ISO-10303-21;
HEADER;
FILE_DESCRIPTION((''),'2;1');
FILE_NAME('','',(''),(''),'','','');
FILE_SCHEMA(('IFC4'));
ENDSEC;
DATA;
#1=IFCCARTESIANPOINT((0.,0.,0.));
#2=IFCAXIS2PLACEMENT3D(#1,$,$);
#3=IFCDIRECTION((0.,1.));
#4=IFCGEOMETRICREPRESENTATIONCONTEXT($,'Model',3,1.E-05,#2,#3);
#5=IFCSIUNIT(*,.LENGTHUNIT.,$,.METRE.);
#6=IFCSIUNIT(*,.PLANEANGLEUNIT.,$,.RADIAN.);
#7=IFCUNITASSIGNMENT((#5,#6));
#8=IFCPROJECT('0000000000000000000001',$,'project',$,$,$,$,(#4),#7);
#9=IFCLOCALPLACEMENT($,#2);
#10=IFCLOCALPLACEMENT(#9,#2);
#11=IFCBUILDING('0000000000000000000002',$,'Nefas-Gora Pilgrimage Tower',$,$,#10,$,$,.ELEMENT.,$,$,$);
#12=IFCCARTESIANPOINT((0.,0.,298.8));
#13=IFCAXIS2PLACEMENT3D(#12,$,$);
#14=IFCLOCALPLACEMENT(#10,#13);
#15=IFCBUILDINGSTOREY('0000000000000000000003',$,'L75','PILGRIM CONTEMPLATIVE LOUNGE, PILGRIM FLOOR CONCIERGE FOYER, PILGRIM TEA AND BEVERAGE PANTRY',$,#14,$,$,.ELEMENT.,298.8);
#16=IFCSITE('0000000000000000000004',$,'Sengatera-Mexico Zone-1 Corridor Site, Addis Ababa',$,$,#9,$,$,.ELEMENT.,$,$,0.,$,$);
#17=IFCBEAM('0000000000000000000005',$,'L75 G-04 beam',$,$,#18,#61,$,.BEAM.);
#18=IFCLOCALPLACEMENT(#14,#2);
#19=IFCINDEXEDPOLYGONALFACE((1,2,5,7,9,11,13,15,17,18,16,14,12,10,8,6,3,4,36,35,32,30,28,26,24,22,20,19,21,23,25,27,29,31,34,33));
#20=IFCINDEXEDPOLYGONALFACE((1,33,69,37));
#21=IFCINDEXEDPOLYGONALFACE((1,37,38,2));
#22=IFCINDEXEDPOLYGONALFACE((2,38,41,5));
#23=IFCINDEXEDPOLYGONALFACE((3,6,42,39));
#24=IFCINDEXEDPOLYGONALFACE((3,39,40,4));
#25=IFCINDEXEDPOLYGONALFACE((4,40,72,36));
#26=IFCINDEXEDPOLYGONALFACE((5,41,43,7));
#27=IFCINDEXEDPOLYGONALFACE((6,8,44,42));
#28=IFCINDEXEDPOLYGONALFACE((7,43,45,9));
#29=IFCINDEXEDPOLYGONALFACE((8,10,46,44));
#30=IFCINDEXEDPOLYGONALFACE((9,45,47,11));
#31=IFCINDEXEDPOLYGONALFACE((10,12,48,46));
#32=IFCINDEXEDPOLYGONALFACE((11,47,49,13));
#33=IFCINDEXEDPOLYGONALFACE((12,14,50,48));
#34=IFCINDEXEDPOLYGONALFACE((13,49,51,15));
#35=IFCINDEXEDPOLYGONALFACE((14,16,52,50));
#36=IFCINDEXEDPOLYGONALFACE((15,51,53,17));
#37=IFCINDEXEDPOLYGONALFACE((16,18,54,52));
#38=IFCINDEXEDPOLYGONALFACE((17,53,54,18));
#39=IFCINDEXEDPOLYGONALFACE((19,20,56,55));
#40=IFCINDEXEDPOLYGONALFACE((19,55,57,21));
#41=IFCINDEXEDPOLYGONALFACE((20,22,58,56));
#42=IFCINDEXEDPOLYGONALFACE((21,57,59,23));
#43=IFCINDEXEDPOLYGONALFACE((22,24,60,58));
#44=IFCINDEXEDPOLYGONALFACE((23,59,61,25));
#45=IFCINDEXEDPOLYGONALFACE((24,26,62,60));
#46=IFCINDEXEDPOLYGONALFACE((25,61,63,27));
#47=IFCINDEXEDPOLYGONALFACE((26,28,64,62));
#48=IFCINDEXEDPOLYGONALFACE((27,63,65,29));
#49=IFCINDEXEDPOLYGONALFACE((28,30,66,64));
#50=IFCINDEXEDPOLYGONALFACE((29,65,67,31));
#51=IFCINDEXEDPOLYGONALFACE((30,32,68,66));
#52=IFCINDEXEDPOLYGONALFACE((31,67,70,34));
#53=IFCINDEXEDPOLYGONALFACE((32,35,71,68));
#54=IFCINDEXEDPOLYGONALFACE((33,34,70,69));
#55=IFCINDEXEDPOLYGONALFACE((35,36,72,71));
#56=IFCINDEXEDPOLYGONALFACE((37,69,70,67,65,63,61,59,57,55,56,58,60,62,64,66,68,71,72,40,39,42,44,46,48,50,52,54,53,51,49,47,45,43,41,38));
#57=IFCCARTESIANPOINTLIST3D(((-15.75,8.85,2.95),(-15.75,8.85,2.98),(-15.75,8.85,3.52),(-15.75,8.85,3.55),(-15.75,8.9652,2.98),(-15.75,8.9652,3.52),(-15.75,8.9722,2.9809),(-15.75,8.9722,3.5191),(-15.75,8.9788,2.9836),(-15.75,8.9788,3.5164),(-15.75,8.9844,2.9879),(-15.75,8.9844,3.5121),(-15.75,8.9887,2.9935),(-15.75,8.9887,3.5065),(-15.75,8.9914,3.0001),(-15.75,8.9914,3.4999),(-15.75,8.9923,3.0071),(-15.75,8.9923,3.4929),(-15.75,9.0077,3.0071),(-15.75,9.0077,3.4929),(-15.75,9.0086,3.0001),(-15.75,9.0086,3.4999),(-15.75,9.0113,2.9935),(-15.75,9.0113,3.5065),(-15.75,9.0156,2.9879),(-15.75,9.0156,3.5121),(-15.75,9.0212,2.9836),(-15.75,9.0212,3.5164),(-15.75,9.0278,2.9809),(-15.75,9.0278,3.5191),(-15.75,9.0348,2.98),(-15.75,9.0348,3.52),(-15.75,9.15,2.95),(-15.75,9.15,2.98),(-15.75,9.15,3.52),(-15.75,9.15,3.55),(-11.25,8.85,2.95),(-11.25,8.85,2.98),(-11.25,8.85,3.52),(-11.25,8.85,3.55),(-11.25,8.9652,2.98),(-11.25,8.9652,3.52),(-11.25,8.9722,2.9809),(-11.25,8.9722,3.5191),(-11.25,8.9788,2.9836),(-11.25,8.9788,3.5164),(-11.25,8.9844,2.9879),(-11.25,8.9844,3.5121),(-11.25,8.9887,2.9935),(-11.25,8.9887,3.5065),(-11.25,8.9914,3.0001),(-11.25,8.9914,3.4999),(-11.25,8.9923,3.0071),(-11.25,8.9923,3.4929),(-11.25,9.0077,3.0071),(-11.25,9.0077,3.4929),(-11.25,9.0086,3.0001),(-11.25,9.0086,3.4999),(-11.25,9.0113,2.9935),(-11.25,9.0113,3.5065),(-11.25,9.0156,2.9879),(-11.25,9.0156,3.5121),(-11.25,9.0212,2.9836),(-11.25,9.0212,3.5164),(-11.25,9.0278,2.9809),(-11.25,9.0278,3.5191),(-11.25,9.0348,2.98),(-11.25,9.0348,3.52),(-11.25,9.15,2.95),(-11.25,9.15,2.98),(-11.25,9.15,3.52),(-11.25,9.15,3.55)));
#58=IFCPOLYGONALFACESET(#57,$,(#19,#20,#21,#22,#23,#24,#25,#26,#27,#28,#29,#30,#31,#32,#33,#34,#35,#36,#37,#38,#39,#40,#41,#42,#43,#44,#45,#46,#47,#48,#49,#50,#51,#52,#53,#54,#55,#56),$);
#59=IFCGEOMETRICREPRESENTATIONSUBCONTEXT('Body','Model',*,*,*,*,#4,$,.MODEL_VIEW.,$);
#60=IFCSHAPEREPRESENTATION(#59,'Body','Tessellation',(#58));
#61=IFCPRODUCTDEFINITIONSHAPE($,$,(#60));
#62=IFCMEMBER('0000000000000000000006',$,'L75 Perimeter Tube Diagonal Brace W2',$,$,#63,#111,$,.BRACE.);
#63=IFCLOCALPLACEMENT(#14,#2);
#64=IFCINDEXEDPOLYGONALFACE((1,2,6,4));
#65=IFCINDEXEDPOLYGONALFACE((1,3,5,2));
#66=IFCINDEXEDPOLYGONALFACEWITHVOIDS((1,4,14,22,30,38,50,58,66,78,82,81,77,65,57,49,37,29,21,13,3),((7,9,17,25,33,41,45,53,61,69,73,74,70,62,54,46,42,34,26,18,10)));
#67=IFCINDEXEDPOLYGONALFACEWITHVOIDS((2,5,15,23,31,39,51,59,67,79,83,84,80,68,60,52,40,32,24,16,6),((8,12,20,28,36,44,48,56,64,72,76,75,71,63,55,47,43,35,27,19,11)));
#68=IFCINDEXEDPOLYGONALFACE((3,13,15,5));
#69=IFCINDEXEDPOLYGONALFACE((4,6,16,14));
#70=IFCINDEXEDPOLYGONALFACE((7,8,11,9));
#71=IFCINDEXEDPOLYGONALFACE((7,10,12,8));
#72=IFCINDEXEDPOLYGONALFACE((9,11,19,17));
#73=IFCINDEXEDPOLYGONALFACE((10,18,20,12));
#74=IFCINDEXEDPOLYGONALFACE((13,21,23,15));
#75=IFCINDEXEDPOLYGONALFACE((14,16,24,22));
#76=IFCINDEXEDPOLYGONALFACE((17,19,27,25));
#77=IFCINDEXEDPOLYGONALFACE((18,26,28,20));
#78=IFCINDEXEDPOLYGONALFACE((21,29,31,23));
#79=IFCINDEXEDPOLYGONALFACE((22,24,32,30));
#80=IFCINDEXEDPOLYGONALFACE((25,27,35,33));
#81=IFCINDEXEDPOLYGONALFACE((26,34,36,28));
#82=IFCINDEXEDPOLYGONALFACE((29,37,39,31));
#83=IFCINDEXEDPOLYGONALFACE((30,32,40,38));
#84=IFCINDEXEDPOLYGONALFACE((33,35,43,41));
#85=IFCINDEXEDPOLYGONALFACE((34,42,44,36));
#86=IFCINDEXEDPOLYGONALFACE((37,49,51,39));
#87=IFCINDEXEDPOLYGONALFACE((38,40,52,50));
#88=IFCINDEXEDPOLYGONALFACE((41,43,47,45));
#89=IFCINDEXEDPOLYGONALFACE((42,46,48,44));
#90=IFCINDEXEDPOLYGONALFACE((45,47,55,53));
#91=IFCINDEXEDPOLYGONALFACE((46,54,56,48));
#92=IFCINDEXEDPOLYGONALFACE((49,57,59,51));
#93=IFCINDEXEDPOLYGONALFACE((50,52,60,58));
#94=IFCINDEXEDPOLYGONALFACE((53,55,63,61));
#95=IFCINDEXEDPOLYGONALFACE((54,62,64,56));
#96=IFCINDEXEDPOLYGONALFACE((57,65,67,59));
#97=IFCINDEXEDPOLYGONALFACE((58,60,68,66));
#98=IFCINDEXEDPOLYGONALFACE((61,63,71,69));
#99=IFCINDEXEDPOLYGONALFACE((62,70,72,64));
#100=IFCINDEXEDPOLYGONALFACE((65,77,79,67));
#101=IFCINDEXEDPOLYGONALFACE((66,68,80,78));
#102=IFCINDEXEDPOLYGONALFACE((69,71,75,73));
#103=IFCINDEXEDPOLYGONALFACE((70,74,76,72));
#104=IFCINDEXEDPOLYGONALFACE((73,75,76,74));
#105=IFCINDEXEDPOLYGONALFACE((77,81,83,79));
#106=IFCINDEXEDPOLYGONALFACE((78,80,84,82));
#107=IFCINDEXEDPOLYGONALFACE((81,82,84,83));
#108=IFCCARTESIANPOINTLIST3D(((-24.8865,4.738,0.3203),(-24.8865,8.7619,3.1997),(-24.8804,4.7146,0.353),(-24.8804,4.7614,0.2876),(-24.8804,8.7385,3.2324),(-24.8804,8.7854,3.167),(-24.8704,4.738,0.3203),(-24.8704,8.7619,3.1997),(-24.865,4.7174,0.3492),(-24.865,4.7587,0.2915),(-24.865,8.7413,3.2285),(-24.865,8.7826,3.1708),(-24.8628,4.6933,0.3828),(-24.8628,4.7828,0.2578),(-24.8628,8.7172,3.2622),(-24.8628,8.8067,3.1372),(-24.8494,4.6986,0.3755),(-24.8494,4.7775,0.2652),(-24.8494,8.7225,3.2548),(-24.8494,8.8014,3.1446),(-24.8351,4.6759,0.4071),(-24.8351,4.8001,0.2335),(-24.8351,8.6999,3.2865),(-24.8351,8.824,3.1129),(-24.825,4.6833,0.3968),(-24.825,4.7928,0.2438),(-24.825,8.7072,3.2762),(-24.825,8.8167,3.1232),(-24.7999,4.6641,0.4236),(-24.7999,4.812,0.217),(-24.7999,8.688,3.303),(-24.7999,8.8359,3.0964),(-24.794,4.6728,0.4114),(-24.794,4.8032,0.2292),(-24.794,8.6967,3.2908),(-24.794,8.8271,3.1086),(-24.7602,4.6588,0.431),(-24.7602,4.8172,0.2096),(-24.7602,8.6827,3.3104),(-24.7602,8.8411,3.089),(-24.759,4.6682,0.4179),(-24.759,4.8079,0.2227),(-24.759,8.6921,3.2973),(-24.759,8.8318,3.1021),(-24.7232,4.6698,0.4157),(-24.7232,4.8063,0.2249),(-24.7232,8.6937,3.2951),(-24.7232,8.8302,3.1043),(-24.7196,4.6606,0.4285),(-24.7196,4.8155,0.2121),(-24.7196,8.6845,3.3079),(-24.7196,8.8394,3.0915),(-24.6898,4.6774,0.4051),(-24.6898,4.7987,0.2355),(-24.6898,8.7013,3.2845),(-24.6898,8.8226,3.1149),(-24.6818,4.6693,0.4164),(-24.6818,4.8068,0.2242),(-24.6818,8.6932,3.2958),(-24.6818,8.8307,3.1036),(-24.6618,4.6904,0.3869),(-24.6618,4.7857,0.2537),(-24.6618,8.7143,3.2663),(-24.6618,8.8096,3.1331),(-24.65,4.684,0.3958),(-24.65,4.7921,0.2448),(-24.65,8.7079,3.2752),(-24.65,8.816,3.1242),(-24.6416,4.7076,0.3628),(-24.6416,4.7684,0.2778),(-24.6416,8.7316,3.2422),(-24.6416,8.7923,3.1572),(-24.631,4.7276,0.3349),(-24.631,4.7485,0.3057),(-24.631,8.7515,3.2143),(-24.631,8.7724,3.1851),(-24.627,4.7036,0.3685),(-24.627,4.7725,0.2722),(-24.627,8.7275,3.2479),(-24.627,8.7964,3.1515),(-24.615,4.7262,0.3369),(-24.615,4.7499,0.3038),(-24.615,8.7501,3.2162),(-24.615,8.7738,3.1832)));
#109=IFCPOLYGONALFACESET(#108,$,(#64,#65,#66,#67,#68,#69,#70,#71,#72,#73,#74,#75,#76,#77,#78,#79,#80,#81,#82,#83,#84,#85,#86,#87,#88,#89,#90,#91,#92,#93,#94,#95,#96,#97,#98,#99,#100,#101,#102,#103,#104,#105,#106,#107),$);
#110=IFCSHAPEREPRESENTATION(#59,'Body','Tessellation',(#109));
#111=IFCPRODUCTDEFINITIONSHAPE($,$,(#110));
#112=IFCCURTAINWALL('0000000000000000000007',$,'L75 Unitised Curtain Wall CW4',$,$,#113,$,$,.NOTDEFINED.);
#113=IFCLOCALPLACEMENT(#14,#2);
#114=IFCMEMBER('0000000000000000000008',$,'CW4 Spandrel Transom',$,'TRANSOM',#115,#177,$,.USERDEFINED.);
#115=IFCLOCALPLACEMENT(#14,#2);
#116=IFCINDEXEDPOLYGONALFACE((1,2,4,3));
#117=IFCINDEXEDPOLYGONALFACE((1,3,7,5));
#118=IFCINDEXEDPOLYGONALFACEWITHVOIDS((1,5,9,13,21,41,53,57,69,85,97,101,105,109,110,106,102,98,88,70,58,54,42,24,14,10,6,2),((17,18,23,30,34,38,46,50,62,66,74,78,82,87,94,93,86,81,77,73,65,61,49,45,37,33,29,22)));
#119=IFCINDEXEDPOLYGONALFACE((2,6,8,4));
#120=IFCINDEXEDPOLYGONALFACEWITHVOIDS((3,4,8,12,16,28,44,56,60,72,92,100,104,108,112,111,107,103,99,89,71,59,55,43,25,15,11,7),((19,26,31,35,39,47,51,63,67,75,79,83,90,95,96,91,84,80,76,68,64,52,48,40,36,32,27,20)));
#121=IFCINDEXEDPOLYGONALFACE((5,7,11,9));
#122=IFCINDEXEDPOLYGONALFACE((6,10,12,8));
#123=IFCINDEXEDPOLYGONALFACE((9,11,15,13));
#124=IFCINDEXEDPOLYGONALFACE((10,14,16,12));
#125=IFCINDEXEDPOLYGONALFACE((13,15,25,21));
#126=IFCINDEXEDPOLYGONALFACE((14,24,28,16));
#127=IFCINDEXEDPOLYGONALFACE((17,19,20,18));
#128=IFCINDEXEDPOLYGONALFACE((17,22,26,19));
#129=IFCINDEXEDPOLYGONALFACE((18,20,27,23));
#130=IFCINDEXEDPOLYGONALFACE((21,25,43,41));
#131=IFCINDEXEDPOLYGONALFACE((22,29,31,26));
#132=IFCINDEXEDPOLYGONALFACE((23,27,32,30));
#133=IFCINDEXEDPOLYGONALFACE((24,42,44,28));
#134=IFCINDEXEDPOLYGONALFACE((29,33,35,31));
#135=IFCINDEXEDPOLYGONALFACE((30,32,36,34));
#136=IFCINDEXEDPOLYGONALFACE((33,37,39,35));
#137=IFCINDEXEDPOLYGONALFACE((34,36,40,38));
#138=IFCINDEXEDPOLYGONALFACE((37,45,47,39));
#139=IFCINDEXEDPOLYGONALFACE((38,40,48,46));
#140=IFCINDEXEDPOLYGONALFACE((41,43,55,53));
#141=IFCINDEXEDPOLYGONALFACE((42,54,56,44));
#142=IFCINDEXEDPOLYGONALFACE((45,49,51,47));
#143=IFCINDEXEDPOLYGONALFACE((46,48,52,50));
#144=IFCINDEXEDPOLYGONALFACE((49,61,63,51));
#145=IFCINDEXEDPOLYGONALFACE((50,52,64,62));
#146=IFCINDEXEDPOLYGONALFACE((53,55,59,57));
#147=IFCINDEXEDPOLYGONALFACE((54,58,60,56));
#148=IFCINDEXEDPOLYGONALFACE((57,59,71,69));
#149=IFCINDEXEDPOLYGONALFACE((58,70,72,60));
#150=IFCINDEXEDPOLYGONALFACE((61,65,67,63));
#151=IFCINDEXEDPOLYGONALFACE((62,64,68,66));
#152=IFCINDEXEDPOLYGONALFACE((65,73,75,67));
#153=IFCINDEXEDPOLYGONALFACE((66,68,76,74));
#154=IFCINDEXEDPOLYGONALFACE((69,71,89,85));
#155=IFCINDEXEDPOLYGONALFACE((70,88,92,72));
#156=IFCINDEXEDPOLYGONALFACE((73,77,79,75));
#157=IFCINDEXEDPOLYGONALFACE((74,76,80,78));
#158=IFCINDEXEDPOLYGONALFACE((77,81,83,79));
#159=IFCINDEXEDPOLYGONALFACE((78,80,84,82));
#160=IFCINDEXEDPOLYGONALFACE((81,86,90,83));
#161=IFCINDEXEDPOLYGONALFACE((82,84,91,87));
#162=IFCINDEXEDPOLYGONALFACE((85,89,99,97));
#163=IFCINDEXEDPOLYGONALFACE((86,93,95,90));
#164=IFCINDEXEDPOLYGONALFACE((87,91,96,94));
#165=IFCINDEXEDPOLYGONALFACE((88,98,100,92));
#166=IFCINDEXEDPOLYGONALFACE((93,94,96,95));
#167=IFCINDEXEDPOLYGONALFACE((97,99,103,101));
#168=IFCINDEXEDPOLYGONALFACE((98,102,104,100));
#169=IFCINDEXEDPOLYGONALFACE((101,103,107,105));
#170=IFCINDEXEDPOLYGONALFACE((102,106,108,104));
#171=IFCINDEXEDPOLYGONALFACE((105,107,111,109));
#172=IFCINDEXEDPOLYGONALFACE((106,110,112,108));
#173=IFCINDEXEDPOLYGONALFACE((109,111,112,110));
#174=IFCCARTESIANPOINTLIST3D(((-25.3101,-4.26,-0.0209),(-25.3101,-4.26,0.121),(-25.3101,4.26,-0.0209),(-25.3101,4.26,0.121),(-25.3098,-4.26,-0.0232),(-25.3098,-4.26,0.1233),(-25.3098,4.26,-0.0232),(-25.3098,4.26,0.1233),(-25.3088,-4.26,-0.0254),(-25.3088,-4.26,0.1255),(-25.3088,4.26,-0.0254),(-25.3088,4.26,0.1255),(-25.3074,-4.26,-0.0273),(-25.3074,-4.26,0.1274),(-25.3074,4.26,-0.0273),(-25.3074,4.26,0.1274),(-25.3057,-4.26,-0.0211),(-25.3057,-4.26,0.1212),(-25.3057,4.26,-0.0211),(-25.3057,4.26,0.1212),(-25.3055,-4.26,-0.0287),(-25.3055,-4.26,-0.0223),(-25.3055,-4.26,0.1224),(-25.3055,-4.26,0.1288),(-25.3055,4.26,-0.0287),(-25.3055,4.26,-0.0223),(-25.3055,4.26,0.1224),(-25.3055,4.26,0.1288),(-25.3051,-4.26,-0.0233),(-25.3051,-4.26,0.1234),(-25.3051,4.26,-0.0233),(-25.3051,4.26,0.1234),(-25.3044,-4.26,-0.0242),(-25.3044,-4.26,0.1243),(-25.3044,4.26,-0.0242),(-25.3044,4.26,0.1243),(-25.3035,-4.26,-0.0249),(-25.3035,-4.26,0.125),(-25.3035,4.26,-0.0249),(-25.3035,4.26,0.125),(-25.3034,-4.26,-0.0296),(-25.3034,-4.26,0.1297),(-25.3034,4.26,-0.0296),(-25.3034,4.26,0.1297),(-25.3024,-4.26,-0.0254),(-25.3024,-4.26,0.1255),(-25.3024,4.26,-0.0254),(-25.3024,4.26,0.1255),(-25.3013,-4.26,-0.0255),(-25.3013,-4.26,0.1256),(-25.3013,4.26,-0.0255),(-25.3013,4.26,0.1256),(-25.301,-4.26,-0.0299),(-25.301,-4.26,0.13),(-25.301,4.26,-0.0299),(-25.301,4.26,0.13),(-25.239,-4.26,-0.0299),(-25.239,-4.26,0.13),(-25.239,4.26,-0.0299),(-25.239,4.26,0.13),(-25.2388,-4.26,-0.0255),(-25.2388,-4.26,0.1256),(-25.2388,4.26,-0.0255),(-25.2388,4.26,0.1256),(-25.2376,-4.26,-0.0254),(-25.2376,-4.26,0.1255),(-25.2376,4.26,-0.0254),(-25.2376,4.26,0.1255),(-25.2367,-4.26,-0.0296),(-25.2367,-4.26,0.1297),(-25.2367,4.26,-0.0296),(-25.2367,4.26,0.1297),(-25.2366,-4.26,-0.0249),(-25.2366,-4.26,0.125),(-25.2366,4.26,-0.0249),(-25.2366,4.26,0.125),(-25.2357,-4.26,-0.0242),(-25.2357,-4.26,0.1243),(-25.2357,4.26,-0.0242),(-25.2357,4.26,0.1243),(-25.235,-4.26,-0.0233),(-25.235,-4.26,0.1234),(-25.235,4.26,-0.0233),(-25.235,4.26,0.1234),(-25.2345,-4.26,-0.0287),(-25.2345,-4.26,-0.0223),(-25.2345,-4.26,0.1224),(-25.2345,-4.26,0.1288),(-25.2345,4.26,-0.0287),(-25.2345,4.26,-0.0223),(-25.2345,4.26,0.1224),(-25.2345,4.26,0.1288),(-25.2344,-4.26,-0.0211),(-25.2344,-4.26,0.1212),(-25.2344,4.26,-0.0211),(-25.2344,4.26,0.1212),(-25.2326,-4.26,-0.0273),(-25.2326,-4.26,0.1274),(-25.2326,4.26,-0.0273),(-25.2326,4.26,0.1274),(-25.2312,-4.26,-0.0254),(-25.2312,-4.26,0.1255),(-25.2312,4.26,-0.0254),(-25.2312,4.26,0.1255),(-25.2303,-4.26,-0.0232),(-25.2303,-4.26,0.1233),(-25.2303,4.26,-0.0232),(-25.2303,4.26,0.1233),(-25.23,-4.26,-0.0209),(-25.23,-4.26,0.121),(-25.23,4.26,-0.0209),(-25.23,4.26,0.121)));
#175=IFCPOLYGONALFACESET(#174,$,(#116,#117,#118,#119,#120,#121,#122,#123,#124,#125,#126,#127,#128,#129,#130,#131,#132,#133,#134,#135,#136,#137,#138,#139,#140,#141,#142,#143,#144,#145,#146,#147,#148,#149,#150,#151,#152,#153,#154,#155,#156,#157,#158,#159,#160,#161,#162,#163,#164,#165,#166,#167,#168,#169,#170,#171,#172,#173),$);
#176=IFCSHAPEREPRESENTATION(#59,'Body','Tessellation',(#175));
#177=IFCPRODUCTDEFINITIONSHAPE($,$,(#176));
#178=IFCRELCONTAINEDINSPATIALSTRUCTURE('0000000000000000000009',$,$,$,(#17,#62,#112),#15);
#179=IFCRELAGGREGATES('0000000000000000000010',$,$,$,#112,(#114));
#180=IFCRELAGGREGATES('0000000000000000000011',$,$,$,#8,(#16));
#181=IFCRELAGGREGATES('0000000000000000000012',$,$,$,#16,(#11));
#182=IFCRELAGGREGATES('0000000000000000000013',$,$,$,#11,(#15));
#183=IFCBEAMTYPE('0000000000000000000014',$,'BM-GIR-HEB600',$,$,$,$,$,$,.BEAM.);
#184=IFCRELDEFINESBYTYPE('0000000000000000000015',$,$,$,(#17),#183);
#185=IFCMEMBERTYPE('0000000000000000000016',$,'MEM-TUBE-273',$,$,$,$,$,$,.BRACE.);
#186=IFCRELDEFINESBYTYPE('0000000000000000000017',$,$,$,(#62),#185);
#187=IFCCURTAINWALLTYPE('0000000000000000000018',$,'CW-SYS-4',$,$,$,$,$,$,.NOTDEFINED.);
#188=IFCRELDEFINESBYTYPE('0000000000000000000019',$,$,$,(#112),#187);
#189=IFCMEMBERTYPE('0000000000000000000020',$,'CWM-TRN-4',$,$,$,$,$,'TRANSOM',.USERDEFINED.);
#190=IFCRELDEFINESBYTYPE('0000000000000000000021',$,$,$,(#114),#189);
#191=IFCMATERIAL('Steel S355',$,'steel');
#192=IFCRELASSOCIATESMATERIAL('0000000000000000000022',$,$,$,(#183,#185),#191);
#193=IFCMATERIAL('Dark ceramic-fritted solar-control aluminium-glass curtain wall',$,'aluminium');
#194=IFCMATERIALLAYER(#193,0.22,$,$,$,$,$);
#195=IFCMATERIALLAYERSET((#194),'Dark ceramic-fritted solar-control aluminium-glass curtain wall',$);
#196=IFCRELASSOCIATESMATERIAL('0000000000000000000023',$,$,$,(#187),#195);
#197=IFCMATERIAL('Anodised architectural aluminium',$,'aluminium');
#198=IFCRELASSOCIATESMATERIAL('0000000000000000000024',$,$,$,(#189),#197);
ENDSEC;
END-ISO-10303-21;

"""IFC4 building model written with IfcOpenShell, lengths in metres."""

from ifc_helpers import new_model, si_unit, direction, frame, origin, origin_2d, place, context, subcontext, project, spatial, hollow_rectangle, hollow_circle, i_section, extrude, source, transform, mapped, material, layer, layer_set, material_profile, profile_set, type_object, element, aggregate, save


model = new_model("IFC4")

# Units and contexts
model_context = context("Model", 3, precision=1e-05, world=origin(), true_north=direction((0.0, 1.0)))
body_context = subcontext(model_context, "Body", "Model", "MODEL_VIEW")
ifc_project = project(units=[si_unit("LENGTHUNIT", "METRE"), si_unit("PLANEANGLEUNIT", "RADIAN")], contexts=[model_context])

# Site, building, storey
site_placement = place(None, origin())
site = spatial("IfcSite", under=ifc_project, at=site_placement, Name="Sengatera-Mexico Zone-1 Corridor Site, Addis Ababa", CompositionType="ELEMENT", RefElevation=0.0)
building_placement = place(site_placement, origin())
building = spatial("IfcBuilding", under=site, at=building_placement, Name="Nefas-Gora Pilgrimage Tower", CompositionType="ELEMENT")
storey_placement = place(building_placement, frame((0.0, 0.0, 298.8)))
storey = spatial("IfcBuildingStorey", under=building, at=storey_placement, Name="L75", Description="PILGRIM CONTEMPLATIVE LOUNGE, PILGRIM FLOOR CONCIERGE FOYER, PILGRIM TEA AND BEVERAGE PANTRY", CompositionType="ELEMENT", Elevation=298.8)

# Shared definitions
ifc_material_1 = material(Name="Steel S355", Category="steel")

# Beam
ifc_material_profile_1 = material_profile(ifc_material_1, i_section(OverallWidth=0.3, OverallDepth=0.6001, WebThickness=0.0154, FlangeThickness=0.03, FilletRadius=0.0271, at=origin_2d()), Name="HEB 600")
ifc_profile_set_1 = profile_set([ifc_material_profile_1], Name="Steel S355")
beam_type_1 = type_object("IfcBeamType", Name="BM-GIR-HEB600", PredefinedType="BEAM", material=ifc_profile_set_1)
shared_shape_1 = source(origin(), body_context, "Body", "SweptSolid", [
    extrude(i_section(OverallWidth=0.3, OverallDepth=0.6001, WebThickness=0.0154, FlangeThickness=0.03, FilletRadius=0.0271, at=origin_2d()), origin(), (0.0, 0.0, 1.0), 4.5),
])
for number, where, z_axis, x_axis, name in (
    (1, (-15.75, 9.0, 3.25), (1.0, 0.0, 0.0), (0.0, 1.0, 0.0), "L75 G-04 beam"),
):
    element("IfcBeam", number, at=place(storey_placement, frame(where, z_axis=z_axis, x_axis=x_axis)), inside=storey, type_object=beam_type_1, Name=name, PredefinedType="BEAM", context=body_context, shape_type="MappedRepresentation", body=[
        mapped(shared_shape_1, transform((0.0, 0.0, 0.0), x_axis=(1.0, 0.0, 0.0), y_axis=(0.0, 1.0, 0.0), z_axis=(0.0, 0.0, 1.0), scale=1.0)),
    ])

# Member
ifc_material_profile_2 = material_profile(ifc_material_1, hollow_circle(Radius=0.1365, WallThickness=0.0161, at=origin_2d()), Name="CHS 273x16")
ifc_profile_set_2 = profile_set([ifc_material_profile_2], Name="Steel S355")
member_type_1 = type_object("IfcMemberType", Name="MEM-TUBE-273", PredefinedType="BRACE", material=ifc_profile_set_2)
shared_shape_2 = source(origin(), body_context, "Body", "SweptSolid", [
    extrude(hollow_circle(Radius=0.1365, WallThickness=0.0161, at=origin_2d()), origin(), (0.0, 0.0, 1.0), 4.948),
])
member_1_placement = place(storey_placement, frame((-24.75, 4.738, 0.3203), z_axis=(0.0, 0.81324, 0.581929), x_axis=(-1.0, 0.0, 0.0)))
element("IfcMember", 2, at=member_1_placement, inside=storey, type_object=member_type_1, Name="L75 Perimeter Tube Diagonal Brace W2", PredefinedType="BRACE", context=body_context, shape_type="MappedRepresentation", body=[
    mapped(shared_shape_2, transform((0.0, 0.0, 0.0), x_axis=(1.0, 0.0, 0.0), y_axis=(0.0, 1.0, 0.0), z_axis=(0.0, 0.0, 1.0), scale=1.0)),
])

# Curtain wall, member
ifc_material_2 = material(Name="Dark ceramic-fritted solar-control aluminium-glass curtain wall", Category="aluminium")
ifc_layer_1 = layer(ifc_material_2, 0.22)
ifc_layer_set_1 = layer_set([ifc_layer_1], Name="Dark ceramic-fritted solar-control aluminium-glass curtain wall")
curtain_wall_type = type_object("IfcCurtainWallType", Name="CW-SYS-4", PredefinedType="NOTDEFINED", material=ifc_layer_set_1)
curtain_wall_placement = place(storey_placement, origin())
curtain_wall = element("IfcCurtainWall", 3, at=curtain_wall_placement, inside=storey, type_object=curtain_wall_type, Name="L75 Unitised Curtain Wall CW4", PredefinedType="NOTDEFINED")
ifc_material_3 = material(Name="Anodised architectural aluminium", Category="aluminium")
ifc_material_profile_3 = material_profile(ifc_material_3, hollow_rectangle(XDim=0.0801, YDim=0.1599, WallThickness=0.0044, InnerFilletRadius=0.0044, OuterFilletRadius=0.009, at=origin_2d()), Name="ALU TRANSOM 80x160")
ifc_profile_set_3 = profile_set([ifc_material_profile_3], Name="Anodised architectural aluminium")
member_type_2 = type_object("IfcMemberType", Name="CWM-TRN-4", ElementType="TRANSOM", PredefinedType="USERDEFINED", material=ifc_profile_set_3)
shared_shape_3 = source(origin(), body_context, "Body", "SweptSolid", [
    extrude(hollow_rectangle(XDim=0.0801, YDim=0.1599, WallThickness=0.0044, InnerFilletRadius=0.0044, OuterFilletRadius=0.009, at=origin_2d()), origin(), (0.0, 0.0, 1.0), 8.52),
])
member_2_placement = place(storey_placement, frame((-25.27, 4.26, 0.05), z_axis=(0.0, -1.0, 0.0), x_axis=(1.0, 0.0, 0.0)))
member_2 = element("IfcMember", 4, at=member_2_placement, type_object=member_type_2, Name="CW4 Spandrel Transom", ObjectType="TRANSOM", PredefinedType="USERDEFINED", context=body_context, shape_type="MappedRepresentation", body=[
    mapped(shared_shape_3, transform((0.0, 0.0, 0.0), x_axis=(1.0, 0.0, 0.0), y_axis=(0.0, 1.0, 0.0), z_axis=(0.0, 0.0, 1.0), scale=1.0)),
])

aggregate(curtain_wall, [member_2])

save(model, "model.ifc")
